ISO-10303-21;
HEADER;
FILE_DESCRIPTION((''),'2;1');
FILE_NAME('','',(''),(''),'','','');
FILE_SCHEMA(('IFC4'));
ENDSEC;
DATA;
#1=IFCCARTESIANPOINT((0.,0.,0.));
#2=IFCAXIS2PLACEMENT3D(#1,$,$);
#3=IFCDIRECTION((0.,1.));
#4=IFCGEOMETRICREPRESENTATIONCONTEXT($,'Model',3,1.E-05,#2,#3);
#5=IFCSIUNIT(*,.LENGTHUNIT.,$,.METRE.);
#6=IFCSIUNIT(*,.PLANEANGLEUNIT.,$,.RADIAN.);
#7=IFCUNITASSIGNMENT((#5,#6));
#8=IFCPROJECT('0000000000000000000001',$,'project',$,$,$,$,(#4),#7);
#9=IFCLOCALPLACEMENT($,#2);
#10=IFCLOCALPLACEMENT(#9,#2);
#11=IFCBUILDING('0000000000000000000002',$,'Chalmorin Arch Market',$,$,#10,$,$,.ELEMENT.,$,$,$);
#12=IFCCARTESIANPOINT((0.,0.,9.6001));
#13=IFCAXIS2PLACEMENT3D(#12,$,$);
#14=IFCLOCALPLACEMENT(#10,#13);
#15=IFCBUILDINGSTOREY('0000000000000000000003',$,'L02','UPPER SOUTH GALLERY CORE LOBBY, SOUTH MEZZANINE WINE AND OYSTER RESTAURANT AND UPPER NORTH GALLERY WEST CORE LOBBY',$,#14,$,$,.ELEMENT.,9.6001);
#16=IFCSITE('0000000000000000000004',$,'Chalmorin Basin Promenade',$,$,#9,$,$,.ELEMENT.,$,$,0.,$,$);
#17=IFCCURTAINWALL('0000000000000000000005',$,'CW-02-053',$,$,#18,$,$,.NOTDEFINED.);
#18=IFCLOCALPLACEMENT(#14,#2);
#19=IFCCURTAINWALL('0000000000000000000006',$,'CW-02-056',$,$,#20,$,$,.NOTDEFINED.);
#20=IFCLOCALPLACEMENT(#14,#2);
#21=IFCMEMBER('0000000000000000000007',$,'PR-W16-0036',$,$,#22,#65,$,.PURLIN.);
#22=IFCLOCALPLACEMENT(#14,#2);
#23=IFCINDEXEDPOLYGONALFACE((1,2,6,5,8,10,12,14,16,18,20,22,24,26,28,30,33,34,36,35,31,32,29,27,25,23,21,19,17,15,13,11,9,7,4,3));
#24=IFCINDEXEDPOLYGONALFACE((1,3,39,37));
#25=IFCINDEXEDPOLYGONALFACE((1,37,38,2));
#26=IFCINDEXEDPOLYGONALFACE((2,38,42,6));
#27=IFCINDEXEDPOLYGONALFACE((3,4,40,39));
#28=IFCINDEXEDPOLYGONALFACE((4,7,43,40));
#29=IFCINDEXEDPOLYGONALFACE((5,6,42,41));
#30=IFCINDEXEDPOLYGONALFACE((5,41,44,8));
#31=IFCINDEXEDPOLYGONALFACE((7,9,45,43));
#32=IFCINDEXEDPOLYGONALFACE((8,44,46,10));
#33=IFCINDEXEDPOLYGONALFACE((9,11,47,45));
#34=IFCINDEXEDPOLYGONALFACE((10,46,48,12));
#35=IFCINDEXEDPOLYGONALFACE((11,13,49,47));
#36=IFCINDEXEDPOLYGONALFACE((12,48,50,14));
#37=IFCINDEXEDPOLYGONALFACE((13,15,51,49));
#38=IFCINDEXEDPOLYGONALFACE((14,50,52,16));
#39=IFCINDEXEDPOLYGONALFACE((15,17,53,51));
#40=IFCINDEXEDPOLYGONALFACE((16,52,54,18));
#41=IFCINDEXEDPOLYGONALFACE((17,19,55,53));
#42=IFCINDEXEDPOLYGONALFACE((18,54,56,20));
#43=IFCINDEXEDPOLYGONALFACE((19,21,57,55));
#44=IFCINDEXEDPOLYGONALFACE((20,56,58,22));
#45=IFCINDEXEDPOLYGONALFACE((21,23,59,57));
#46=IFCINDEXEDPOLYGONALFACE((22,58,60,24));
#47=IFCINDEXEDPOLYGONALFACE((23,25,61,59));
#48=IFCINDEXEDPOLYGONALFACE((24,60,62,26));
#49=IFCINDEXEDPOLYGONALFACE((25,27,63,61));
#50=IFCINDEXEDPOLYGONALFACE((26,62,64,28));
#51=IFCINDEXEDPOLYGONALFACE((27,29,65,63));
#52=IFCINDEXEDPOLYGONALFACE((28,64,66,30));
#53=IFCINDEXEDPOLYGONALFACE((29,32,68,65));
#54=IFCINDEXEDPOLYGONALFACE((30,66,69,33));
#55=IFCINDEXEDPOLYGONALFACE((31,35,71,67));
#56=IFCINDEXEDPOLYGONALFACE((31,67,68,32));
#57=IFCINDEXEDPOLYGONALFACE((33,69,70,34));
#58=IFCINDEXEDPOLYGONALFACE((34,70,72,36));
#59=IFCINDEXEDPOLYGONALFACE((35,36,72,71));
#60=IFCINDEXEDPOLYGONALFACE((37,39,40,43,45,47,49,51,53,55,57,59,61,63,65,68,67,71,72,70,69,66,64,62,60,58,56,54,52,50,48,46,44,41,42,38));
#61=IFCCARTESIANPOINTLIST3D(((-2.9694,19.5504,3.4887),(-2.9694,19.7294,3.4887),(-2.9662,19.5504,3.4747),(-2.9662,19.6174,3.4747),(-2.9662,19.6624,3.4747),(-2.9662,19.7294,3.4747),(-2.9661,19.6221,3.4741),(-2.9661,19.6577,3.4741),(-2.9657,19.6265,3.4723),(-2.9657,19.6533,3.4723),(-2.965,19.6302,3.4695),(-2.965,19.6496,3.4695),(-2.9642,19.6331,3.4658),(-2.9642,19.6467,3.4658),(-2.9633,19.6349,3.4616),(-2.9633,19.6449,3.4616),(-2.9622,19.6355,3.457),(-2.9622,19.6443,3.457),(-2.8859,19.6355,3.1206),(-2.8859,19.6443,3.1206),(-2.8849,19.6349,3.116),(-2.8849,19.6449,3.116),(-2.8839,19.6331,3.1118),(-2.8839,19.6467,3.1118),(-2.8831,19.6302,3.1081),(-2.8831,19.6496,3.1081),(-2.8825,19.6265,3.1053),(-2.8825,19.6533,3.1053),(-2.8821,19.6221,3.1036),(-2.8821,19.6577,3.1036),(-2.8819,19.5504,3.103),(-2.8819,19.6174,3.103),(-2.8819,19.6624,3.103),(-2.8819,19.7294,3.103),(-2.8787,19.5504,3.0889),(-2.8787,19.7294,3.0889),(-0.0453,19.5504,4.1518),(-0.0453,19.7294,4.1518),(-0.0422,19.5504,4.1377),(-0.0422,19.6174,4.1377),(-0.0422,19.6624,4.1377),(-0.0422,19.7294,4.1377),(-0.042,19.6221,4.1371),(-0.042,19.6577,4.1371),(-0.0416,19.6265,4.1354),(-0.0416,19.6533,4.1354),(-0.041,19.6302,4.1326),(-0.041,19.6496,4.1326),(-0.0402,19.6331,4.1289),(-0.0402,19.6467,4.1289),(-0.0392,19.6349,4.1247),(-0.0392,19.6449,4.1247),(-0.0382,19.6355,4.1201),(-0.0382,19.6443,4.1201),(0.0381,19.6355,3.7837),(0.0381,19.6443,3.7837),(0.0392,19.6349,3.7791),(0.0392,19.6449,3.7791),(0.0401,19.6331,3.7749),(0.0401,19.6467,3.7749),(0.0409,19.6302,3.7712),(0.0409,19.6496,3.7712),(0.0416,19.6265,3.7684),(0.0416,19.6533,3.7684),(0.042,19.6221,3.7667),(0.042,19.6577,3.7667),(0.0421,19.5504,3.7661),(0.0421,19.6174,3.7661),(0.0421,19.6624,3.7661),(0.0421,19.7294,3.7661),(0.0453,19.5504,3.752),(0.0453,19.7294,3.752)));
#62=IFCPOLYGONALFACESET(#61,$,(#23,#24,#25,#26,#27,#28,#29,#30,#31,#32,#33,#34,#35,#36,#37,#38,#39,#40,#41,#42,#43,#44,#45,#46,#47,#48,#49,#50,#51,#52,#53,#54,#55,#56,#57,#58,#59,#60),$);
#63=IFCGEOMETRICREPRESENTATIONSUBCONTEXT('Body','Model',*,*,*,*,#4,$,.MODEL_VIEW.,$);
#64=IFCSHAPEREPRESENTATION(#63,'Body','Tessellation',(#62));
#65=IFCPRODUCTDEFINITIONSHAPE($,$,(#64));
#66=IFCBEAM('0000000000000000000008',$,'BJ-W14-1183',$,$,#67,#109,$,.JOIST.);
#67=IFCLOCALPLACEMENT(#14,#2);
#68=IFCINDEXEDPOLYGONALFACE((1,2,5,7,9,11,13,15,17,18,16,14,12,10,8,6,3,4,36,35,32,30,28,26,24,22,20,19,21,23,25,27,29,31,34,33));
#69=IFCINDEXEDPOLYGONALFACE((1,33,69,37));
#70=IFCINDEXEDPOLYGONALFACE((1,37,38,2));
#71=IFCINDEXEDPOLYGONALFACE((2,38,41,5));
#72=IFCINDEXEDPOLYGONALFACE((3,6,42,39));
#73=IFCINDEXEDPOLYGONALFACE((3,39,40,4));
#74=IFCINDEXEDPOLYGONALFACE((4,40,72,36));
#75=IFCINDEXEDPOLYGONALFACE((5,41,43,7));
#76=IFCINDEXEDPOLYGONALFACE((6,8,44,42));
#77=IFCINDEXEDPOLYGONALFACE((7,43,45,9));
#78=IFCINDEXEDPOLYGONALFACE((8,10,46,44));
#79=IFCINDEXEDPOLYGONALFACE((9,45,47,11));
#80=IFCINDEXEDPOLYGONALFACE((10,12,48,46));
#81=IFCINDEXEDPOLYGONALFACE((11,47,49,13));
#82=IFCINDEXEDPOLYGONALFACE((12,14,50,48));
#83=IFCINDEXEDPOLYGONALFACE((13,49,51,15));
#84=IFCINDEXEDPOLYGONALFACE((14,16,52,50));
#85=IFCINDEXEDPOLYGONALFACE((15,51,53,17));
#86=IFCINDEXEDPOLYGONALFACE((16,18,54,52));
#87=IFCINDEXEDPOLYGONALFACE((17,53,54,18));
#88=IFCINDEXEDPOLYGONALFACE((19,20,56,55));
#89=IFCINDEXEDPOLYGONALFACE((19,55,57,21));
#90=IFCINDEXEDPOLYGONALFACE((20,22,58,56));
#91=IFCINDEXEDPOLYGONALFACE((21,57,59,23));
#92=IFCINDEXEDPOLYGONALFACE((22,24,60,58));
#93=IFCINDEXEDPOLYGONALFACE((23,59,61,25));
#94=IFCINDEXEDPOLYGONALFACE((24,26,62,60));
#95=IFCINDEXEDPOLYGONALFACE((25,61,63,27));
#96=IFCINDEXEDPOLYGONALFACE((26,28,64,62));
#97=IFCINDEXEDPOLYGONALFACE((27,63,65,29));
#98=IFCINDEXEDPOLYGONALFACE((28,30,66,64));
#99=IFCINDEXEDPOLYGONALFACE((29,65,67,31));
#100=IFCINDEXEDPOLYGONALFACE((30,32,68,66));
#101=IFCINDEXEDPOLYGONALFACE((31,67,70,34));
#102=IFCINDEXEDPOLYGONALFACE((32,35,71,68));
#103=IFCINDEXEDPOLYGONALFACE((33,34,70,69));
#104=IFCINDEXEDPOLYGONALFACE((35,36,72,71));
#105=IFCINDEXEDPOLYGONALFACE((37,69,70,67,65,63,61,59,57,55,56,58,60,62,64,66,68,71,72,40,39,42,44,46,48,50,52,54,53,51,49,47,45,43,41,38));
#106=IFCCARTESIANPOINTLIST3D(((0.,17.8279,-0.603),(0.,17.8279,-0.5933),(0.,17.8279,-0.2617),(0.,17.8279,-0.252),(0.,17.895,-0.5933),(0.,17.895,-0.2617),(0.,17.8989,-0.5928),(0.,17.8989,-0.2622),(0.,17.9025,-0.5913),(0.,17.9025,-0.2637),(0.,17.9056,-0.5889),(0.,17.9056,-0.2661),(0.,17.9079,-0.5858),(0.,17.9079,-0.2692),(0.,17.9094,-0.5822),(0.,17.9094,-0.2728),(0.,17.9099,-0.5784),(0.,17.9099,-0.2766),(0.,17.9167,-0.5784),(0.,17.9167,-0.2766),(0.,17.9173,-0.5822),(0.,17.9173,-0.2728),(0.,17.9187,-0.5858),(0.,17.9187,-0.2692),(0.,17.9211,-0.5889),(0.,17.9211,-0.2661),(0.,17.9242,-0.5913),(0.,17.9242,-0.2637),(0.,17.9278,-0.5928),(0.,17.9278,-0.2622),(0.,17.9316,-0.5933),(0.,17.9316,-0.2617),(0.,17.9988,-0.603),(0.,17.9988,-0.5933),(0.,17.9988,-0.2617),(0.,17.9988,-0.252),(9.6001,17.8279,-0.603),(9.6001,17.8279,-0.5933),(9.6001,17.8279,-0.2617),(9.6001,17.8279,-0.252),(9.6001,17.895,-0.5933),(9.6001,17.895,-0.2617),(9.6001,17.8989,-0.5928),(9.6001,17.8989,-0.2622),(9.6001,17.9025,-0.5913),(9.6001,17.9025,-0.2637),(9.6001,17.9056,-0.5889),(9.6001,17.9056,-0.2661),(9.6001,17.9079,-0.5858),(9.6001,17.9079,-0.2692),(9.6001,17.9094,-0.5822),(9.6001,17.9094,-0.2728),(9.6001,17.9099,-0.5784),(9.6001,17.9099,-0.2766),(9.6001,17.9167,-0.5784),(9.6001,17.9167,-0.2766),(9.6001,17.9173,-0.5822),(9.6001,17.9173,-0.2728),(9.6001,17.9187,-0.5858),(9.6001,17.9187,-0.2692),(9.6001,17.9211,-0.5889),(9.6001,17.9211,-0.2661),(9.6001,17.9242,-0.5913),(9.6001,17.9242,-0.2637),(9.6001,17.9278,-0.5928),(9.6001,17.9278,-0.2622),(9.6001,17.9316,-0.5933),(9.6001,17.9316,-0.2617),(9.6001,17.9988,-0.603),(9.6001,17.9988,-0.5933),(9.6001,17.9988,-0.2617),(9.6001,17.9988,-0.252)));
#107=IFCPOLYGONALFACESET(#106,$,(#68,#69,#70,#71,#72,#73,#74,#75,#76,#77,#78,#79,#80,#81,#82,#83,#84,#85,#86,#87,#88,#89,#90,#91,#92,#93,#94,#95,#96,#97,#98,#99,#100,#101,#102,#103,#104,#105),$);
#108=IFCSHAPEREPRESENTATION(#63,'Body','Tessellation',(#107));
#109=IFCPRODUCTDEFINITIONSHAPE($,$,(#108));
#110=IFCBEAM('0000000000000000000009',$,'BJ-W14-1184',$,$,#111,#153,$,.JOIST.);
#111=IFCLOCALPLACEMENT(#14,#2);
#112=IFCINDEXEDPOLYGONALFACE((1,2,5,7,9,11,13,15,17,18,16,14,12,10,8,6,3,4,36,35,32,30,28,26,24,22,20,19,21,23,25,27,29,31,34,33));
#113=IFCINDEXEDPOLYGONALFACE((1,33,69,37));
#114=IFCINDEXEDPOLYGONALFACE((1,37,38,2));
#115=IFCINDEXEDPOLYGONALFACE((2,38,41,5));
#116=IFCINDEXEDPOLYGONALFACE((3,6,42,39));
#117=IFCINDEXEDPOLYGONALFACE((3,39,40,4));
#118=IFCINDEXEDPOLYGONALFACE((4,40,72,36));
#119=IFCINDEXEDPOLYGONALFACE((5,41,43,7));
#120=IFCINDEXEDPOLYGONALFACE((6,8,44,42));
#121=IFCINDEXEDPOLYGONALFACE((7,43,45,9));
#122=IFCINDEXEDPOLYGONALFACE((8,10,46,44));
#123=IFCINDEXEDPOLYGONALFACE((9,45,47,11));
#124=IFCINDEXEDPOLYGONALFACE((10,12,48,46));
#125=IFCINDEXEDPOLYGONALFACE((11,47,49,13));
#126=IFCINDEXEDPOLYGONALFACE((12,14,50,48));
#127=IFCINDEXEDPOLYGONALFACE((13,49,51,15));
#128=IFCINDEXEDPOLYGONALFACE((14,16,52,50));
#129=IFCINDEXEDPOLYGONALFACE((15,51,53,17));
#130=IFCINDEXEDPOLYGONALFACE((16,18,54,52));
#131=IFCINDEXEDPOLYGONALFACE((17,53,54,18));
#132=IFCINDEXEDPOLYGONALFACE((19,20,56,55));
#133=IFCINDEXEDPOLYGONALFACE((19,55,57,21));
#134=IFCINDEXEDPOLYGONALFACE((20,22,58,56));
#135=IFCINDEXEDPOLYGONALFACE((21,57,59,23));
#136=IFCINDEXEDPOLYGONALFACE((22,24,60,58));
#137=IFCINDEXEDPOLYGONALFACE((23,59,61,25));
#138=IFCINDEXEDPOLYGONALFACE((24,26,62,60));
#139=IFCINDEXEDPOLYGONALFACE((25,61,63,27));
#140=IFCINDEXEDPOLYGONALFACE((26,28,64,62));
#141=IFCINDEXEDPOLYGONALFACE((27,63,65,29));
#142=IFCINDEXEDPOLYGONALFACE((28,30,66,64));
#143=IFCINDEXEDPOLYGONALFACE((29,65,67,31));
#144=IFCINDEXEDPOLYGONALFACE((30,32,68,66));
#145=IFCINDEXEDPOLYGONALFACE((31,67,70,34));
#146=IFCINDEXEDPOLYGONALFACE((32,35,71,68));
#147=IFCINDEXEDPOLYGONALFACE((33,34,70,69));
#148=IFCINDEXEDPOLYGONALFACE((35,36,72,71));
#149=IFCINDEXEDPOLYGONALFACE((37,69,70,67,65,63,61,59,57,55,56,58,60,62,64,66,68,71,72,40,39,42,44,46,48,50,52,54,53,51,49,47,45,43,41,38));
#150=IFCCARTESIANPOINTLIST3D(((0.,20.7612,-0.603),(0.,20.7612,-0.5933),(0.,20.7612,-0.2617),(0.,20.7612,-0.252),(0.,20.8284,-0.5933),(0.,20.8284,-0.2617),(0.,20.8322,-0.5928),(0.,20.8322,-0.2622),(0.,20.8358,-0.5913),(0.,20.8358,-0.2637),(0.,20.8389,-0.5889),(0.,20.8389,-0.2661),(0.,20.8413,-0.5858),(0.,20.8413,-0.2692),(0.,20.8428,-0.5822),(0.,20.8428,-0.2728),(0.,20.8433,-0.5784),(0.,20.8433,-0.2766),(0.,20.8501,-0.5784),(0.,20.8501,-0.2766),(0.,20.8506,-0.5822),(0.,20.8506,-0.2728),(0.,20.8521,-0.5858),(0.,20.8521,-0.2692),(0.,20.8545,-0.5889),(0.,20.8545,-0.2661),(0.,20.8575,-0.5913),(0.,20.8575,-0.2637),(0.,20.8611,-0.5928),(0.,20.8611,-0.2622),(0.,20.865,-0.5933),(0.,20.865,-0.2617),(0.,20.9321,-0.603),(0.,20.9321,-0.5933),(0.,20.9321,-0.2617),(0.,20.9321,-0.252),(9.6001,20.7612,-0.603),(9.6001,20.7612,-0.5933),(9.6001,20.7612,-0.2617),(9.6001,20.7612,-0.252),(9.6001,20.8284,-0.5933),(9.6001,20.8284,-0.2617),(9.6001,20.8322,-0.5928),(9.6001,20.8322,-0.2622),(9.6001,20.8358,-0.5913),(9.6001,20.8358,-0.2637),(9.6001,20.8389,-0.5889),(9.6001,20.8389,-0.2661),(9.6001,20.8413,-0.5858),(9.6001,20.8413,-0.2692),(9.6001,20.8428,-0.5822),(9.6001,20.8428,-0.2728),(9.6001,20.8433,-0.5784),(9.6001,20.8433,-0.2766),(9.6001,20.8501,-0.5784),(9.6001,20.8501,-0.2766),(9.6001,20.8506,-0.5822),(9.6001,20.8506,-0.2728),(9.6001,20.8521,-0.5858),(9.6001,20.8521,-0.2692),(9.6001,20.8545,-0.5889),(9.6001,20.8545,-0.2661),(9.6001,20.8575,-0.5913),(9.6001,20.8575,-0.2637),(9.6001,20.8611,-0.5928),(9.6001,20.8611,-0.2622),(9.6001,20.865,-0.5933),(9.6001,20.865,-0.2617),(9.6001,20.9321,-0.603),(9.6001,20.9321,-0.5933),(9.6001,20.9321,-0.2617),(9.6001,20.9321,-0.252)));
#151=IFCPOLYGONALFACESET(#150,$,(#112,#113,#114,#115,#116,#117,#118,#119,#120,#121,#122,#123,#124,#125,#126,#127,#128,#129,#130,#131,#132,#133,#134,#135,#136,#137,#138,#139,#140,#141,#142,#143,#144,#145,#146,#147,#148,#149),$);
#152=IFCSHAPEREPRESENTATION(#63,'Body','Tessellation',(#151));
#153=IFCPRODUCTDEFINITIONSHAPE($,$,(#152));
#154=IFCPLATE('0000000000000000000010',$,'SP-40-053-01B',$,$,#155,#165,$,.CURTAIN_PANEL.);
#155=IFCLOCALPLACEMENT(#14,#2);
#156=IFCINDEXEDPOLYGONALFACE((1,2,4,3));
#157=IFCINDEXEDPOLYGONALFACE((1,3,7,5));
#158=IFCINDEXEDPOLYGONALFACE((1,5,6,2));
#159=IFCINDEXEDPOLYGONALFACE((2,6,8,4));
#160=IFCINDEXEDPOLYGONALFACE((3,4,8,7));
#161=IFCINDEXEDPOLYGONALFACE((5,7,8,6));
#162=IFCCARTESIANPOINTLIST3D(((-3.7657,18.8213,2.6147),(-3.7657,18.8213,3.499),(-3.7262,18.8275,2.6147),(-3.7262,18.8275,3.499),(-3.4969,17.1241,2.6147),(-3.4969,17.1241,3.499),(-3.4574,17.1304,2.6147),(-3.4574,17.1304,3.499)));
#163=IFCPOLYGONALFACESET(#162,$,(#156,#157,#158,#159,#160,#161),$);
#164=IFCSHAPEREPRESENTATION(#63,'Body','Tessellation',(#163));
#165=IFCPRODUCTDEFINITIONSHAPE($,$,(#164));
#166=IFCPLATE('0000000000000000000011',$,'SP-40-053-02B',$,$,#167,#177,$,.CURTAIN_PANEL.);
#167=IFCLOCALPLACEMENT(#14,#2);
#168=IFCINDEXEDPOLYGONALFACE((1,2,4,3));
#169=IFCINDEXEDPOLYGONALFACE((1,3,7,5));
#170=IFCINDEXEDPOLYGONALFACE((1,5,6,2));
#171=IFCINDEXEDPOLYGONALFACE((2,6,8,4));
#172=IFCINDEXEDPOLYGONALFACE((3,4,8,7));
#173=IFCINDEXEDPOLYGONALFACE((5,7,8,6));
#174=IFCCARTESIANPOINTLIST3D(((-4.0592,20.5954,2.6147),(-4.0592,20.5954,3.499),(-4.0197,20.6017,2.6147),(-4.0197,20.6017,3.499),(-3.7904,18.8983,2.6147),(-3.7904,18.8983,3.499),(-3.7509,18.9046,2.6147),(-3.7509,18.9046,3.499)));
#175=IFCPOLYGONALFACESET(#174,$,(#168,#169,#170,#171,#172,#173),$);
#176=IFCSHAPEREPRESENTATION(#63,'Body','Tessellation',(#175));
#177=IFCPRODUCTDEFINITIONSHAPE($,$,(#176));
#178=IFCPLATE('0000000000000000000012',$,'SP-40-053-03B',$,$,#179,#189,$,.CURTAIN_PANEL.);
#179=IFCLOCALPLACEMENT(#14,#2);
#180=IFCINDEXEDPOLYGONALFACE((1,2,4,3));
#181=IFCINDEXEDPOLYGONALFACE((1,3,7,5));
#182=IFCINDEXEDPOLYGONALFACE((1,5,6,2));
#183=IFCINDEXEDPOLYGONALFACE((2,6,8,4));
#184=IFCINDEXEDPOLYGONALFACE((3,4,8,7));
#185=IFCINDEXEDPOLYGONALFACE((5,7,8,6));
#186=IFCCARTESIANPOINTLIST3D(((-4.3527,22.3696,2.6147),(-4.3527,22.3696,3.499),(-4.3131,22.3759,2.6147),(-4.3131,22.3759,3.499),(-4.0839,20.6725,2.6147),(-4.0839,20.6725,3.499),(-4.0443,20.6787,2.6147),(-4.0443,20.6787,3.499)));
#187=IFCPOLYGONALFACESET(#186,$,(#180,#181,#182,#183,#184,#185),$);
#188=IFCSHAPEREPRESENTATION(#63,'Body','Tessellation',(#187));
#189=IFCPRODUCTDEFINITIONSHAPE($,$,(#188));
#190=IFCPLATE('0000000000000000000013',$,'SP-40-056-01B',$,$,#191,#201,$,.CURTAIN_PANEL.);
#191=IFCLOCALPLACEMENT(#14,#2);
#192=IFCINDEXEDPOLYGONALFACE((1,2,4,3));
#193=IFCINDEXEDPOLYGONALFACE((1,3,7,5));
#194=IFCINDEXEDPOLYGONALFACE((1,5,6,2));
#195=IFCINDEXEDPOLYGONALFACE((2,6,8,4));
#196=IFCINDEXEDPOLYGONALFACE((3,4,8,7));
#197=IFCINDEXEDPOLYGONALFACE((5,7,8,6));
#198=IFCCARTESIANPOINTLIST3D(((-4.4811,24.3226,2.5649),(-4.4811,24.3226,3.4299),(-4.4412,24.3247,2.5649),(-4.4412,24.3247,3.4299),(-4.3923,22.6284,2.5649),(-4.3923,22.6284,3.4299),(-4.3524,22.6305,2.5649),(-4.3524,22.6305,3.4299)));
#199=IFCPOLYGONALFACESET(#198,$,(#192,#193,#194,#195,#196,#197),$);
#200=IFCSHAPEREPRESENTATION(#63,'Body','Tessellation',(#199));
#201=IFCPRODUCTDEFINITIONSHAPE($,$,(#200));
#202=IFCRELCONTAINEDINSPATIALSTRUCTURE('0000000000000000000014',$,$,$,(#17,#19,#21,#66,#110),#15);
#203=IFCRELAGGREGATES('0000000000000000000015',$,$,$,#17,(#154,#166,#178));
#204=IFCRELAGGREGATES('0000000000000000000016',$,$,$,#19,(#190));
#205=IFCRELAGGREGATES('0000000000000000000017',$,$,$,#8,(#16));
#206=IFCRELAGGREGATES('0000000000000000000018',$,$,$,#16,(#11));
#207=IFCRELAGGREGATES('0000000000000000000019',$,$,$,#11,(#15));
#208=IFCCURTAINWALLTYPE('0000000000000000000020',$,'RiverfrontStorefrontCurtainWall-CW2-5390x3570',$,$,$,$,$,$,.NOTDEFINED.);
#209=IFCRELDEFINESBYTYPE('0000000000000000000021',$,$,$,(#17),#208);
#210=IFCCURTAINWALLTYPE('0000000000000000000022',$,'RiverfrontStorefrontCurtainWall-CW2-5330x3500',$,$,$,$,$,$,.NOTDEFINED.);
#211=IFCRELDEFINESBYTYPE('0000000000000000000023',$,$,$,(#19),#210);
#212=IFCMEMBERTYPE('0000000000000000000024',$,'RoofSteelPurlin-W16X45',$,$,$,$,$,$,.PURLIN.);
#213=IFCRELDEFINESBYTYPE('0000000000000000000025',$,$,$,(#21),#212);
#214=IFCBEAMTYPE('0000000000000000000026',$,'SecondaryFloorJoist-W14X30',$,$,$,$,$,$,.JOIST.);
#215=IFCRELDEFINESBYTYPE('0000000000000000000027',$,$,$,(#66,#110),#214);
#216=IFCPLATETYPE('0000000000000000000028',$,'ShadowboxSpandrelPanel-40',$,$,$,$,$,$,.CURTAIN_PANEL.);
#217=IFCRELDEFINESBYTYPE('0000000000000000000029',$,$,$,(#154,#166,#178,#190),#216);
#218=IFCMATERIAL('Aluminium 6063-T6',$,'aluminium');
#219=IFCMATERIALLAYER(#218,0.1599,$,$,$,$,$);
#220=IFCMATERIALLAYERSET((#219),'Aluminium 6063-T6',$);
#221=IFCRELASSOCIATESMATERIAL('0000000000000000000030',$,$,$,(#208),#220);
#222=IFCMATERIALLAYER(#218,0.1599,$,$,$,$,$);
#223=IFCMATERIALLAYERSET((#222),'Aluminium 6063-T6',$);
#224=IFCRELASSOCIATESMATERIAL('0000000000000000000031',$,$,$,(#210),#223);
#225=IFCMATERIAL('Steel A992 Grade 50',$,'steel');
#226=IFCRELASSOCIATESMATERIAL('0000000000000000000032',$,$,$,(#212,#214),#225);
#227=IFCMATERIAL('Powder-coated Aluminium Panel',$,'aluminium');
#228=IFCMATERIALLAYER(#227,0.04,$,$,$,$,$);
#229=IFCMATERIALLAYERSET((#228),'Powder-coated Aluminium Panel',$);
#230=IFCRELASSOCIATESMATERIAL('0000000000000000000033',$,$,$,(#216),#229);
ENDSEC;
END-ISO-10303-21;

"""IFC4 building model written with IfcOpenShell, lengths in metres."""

from ifc_helpers import new_model, si_unit, direction, frame, origin, origin_2d, place, context, subcontext, project, spatial, rectangle, i_section, extrude, material, layer, layer_set, material_profile, profile_set, type_object, element, aggregate, save


model = new_model("IFC4")

# Units and contexts
model_context = context("Model", 3, precision=1e-05, world=origin(), true_north=direction((0.0, 1.0)))
body_context = subcontext(model_context, "Body", "Model", "MODEL_VIEW")
ifc_project = project(units=[si_unit("LENGTHUNIT", "METRE"), si_unit("PLANEANGLEUNIT", "RADIAN")], contexts=[model_context])

# Site, building, storey
site_placement = place(None, origin())
site = spatial("IfcSite", under=ifc_project, at=site_placement, Name="Chalmorin Basin Promenade", CompositionType="ELEMENT", RefElevation=0.0)
building_placement = place(site_placement, origin())
building = spatial("IfcBuilding", under=site, at=building_placement, Name="Chalmorin Arch Market", CompositionType="ELEMENT")
storey_placement = place(building_placement, frame((0.0, 0.0, 9.6001)))
storey = spatial("IfcBuildingStorey", under=building, at=storey_placement, Name="L02", Description="UPPER SOUTH GALLERY CORE LOBBY, SOUTH MEZZANINE WINE AND OYSTER RESTAURANT AND UPPER NORTH GALLERY WEST CORE LOBBY", CompositionType="ELEMENT", Elevation=9.6001)

# Curtain wall
ifc_material_1 = material(Name="Aluminium 6063-T6", Category="aluminium")
ifc_layer_1 = layer(ifc_material_1, 0.1599)
ifc_layer_set_1 = layer_set([ifc_layer_1], Name="Aluminium 6063-T6")
curtain_wall_type_1 = type_object("IfcCurtainWallType", Name="RiverfrontStorefrontCurtainWall-CW2-5390x3570", PredefinedType="NOTDEFINED", material=ifc_layer_set_1)
curtain_wall_1_placement = place(storey_placement, origin())
curtain_wall_1 = element("IfcCurtainWall", 1, at=curtain_wall_1_placement, inside=storey, type_object=curtain_wall_type_1, Name="CW-02-053", PredefinedType="NOTDEFINED")

# Curtain wall
ifc_layer_2 = layer(ifc_material_1, 0.1599)
ifc_layer_set_2 = layer_set([ifc_layer_2], Name="Aluminium 6063-T6")
curtain_wall_type_2 = type_object("IfcCurtainWallType", Name="RiverfrontStorefrontCurtainWall-CW2-5330x3500", PredefinedType="NOTDEFINED", material=ifc_layer_set_2)
curtain_wall_2_placement = place(storey_placement, origin())
curtain_wall_2 = element("IfcCurtainWall", 2, at=curtain_wall_2_placement, inside=storey, type_object=curtain_wall_type_2, Name="CW-02-056", PredefinedType="NOTDEFINED")

# Shared definitions
ifc_material_2 = material(Name="Steel A992 Grade 50", Category="steel")

# Member
ifc_material_profile_1 = material_profile(ifc_material_2, i_section(OverallWidth=0.179, OverallDepth=0.4099, WebThickness=0.0088, FlangeThickness=0.0144, FilletRadius=0.0181, at=origin_2d()), Name="W16X45")
ifc_profile_set_1 = profile_set([ifc_material_profile_1], Name="Steel A992 Grade 50")
member_type_1 = type_object("IfcMemberType", Name="RoofSteelPurlin-W16X45", PredefinedType="PURLIN", material=ifc_profile_set_1)
member_1_placement = place(storey_placement, frame((-2.9241, 19.6399, 3.2888), z_axis=(0.975239, 0.0, 0.221153), x_axis=(0.0, 1.0, 0.0)))
element("IfcMember", 3, at=member_1_placement, inside=storey, type_object=member_type_1, Name="PR-W16-0036", PredefinedType="PURLIN", context=body_context, shape_type="SweptSolid", body=[
    extrude(i_section(OverallWidth=0.179, OverallDepth=0.4099, WebThickness=0.0088, FlangeThickness=0.0144, FilletRadius=0.0181, at=origin_2d()), origin(), (0.0, 0.0, 1.0), 2.9983),
])

# Beams
ifc_material_profile_2 = material_profile(ifc_material_2, i_section(OverallWidth=0.1709, OverallDepth=0.3511, WebThickness=0.0068, FlangeThickness=0.0098, FilletRadius=0.0149, at=origin_2d()), Name="W14X30")
ifc_profile_set_2 = profile_set([ifc_material_profile_2], Name="Steel A992 Grade 50")
beam_type_1 = type_object("IfcBeamType", Name="SecondaryFloorJoist-W14X30", PredefinedType="JOIST", material=ifc_profile_set_2)
for number, where, z_axis, x_axis, name in (
    (4, (0.0, 17.9133, -0.4275), (1.0, 0.0, 0.0), (0.0, 1.0, 0.0), "BJ-W14-1183"),
    (5, (0.0, 20.8467, -0.4275), (1.0, 0.0, 0.0), (0.0, 1.0, 0.0), "BJ-W14-1184"),
):
    element("IfcBeam", number, at=place(storey_placement, frame(where, z_axis=z_axis, x_axis=x_axis)), inside=storey, type_object=beam_type_1, Name=name, PredefinedType="JOIST", context=body_context, shape_type="SweptSolid", body=[
        extrude(i_section(OverallWidth=0.1709, OverallDepth=0.3511, WebThickness=0.0068, FlangeThickness=0.0098, FilletRadius=0.0149, at=origin_2d()), origin(), (0.0, 0.0, 1.0), 9.6001),
    ])

# Plates
ifc_material_3 = material(Name="Powder-coated Aluminium Panel", Category="aluminium")
ifc_layer_3 = layer(ifc_material_3, 0.04)
ifc_layer_set_3 = layer_set([ifc_layer_3], Name="Powder-coated Aluminium Panel")
plate_type_1 = type_object("IfcPlateType", Name="ShadowboxSpandrelPanel-40", PredefinedType="CURTAIN_PANEL", material=ifc_layer_set_3)
plate_1_placement = place(storey_placement, frame((-3.6116, 17.9758, 2.6147), z_axis=(0.0, 0.0, 1.0), x_axis=(-0.156434, 0.987688, 0.0)))
plate_1 = element("IfcPlate", 6, at=plate_1_placement, type_object=plate_type_1, Name="SP-40-053-01B", PredefinedType="CURTAIN_PANEL", context=body_context, shape_type="SweptSolid", body=[
    extrude(rectangle(XDim=1.7183, YDim=0.04, at=origin_2d()), origin(), (0.0, 0.0, 1.0), 0.8843),
])
plate_2_placement = place(storey_placement, frame((-3.905, 19.75, 2.6147), z_axis=(0.0, 0.0, 1.0), x_axis=(-0.156434, 0.987688, 0.0)))
plate_2 = element("IfcPlate", 7, at=plate_2_placement, type_object=plate_type_1, Name="SP-40-053-02B", PredefinedType="CURTAIN_PANEL", context=body_context, shape_type="SweptSolid", body=[
    extrude(rectangle(XDim=1.7183, YDim=0.04, at=origin_2d()), origin(), (0.0, 0.0, 1.0), 0.8843),
])
plate_3_placement = place(storey_placement, frame((-4.1985, 21.5242, 2.6147), z_axis=(0.0, 0.0, 1.0), x_axis=(-0.156434, 0.987688, 0.0)))
plate_3 = element("IfcPlate", 8, at=plate_3_placement, type_object=plate_type_1, Name="SP-40-053-03B", PredefinedType="CURTAIN_PANEL", context=body_context, shape_type="SweptSolid", body=[
    extrude(rectangle(XDim=1.7183, YDim=0.04, at=origin_2d()), origin(), (0.0, 0.0, 1.0), 0.8843),
])
plate_4_placement = place(storey_placement, frame((-4.4167, 23.4766, 2.5649), z_axis=(0.0, 0.0, 1.0), x_axis=(-0.052336, 0.99863, 0.0)))
plate_4 = element("IfcPlate", 9, at=plate_4_placement, type_object=plate_type_1, Name="SP-40-056-01B", PredefinedType="CURTAIN_PANEL", context=body_context, shape_type="SweptSolid", body=[
    extrude(rectangle(XDim=1.6965, YDim=0.04, at=origin_2d()), origin(), (0.0, 0.0, 1.0), 0.865),
])
aggregate(curtain_wall_1, [plate_1, plate_2, plate_3])
aggregate(curtain_wall_2, [plate_4])

save(model, "model.ifc")
